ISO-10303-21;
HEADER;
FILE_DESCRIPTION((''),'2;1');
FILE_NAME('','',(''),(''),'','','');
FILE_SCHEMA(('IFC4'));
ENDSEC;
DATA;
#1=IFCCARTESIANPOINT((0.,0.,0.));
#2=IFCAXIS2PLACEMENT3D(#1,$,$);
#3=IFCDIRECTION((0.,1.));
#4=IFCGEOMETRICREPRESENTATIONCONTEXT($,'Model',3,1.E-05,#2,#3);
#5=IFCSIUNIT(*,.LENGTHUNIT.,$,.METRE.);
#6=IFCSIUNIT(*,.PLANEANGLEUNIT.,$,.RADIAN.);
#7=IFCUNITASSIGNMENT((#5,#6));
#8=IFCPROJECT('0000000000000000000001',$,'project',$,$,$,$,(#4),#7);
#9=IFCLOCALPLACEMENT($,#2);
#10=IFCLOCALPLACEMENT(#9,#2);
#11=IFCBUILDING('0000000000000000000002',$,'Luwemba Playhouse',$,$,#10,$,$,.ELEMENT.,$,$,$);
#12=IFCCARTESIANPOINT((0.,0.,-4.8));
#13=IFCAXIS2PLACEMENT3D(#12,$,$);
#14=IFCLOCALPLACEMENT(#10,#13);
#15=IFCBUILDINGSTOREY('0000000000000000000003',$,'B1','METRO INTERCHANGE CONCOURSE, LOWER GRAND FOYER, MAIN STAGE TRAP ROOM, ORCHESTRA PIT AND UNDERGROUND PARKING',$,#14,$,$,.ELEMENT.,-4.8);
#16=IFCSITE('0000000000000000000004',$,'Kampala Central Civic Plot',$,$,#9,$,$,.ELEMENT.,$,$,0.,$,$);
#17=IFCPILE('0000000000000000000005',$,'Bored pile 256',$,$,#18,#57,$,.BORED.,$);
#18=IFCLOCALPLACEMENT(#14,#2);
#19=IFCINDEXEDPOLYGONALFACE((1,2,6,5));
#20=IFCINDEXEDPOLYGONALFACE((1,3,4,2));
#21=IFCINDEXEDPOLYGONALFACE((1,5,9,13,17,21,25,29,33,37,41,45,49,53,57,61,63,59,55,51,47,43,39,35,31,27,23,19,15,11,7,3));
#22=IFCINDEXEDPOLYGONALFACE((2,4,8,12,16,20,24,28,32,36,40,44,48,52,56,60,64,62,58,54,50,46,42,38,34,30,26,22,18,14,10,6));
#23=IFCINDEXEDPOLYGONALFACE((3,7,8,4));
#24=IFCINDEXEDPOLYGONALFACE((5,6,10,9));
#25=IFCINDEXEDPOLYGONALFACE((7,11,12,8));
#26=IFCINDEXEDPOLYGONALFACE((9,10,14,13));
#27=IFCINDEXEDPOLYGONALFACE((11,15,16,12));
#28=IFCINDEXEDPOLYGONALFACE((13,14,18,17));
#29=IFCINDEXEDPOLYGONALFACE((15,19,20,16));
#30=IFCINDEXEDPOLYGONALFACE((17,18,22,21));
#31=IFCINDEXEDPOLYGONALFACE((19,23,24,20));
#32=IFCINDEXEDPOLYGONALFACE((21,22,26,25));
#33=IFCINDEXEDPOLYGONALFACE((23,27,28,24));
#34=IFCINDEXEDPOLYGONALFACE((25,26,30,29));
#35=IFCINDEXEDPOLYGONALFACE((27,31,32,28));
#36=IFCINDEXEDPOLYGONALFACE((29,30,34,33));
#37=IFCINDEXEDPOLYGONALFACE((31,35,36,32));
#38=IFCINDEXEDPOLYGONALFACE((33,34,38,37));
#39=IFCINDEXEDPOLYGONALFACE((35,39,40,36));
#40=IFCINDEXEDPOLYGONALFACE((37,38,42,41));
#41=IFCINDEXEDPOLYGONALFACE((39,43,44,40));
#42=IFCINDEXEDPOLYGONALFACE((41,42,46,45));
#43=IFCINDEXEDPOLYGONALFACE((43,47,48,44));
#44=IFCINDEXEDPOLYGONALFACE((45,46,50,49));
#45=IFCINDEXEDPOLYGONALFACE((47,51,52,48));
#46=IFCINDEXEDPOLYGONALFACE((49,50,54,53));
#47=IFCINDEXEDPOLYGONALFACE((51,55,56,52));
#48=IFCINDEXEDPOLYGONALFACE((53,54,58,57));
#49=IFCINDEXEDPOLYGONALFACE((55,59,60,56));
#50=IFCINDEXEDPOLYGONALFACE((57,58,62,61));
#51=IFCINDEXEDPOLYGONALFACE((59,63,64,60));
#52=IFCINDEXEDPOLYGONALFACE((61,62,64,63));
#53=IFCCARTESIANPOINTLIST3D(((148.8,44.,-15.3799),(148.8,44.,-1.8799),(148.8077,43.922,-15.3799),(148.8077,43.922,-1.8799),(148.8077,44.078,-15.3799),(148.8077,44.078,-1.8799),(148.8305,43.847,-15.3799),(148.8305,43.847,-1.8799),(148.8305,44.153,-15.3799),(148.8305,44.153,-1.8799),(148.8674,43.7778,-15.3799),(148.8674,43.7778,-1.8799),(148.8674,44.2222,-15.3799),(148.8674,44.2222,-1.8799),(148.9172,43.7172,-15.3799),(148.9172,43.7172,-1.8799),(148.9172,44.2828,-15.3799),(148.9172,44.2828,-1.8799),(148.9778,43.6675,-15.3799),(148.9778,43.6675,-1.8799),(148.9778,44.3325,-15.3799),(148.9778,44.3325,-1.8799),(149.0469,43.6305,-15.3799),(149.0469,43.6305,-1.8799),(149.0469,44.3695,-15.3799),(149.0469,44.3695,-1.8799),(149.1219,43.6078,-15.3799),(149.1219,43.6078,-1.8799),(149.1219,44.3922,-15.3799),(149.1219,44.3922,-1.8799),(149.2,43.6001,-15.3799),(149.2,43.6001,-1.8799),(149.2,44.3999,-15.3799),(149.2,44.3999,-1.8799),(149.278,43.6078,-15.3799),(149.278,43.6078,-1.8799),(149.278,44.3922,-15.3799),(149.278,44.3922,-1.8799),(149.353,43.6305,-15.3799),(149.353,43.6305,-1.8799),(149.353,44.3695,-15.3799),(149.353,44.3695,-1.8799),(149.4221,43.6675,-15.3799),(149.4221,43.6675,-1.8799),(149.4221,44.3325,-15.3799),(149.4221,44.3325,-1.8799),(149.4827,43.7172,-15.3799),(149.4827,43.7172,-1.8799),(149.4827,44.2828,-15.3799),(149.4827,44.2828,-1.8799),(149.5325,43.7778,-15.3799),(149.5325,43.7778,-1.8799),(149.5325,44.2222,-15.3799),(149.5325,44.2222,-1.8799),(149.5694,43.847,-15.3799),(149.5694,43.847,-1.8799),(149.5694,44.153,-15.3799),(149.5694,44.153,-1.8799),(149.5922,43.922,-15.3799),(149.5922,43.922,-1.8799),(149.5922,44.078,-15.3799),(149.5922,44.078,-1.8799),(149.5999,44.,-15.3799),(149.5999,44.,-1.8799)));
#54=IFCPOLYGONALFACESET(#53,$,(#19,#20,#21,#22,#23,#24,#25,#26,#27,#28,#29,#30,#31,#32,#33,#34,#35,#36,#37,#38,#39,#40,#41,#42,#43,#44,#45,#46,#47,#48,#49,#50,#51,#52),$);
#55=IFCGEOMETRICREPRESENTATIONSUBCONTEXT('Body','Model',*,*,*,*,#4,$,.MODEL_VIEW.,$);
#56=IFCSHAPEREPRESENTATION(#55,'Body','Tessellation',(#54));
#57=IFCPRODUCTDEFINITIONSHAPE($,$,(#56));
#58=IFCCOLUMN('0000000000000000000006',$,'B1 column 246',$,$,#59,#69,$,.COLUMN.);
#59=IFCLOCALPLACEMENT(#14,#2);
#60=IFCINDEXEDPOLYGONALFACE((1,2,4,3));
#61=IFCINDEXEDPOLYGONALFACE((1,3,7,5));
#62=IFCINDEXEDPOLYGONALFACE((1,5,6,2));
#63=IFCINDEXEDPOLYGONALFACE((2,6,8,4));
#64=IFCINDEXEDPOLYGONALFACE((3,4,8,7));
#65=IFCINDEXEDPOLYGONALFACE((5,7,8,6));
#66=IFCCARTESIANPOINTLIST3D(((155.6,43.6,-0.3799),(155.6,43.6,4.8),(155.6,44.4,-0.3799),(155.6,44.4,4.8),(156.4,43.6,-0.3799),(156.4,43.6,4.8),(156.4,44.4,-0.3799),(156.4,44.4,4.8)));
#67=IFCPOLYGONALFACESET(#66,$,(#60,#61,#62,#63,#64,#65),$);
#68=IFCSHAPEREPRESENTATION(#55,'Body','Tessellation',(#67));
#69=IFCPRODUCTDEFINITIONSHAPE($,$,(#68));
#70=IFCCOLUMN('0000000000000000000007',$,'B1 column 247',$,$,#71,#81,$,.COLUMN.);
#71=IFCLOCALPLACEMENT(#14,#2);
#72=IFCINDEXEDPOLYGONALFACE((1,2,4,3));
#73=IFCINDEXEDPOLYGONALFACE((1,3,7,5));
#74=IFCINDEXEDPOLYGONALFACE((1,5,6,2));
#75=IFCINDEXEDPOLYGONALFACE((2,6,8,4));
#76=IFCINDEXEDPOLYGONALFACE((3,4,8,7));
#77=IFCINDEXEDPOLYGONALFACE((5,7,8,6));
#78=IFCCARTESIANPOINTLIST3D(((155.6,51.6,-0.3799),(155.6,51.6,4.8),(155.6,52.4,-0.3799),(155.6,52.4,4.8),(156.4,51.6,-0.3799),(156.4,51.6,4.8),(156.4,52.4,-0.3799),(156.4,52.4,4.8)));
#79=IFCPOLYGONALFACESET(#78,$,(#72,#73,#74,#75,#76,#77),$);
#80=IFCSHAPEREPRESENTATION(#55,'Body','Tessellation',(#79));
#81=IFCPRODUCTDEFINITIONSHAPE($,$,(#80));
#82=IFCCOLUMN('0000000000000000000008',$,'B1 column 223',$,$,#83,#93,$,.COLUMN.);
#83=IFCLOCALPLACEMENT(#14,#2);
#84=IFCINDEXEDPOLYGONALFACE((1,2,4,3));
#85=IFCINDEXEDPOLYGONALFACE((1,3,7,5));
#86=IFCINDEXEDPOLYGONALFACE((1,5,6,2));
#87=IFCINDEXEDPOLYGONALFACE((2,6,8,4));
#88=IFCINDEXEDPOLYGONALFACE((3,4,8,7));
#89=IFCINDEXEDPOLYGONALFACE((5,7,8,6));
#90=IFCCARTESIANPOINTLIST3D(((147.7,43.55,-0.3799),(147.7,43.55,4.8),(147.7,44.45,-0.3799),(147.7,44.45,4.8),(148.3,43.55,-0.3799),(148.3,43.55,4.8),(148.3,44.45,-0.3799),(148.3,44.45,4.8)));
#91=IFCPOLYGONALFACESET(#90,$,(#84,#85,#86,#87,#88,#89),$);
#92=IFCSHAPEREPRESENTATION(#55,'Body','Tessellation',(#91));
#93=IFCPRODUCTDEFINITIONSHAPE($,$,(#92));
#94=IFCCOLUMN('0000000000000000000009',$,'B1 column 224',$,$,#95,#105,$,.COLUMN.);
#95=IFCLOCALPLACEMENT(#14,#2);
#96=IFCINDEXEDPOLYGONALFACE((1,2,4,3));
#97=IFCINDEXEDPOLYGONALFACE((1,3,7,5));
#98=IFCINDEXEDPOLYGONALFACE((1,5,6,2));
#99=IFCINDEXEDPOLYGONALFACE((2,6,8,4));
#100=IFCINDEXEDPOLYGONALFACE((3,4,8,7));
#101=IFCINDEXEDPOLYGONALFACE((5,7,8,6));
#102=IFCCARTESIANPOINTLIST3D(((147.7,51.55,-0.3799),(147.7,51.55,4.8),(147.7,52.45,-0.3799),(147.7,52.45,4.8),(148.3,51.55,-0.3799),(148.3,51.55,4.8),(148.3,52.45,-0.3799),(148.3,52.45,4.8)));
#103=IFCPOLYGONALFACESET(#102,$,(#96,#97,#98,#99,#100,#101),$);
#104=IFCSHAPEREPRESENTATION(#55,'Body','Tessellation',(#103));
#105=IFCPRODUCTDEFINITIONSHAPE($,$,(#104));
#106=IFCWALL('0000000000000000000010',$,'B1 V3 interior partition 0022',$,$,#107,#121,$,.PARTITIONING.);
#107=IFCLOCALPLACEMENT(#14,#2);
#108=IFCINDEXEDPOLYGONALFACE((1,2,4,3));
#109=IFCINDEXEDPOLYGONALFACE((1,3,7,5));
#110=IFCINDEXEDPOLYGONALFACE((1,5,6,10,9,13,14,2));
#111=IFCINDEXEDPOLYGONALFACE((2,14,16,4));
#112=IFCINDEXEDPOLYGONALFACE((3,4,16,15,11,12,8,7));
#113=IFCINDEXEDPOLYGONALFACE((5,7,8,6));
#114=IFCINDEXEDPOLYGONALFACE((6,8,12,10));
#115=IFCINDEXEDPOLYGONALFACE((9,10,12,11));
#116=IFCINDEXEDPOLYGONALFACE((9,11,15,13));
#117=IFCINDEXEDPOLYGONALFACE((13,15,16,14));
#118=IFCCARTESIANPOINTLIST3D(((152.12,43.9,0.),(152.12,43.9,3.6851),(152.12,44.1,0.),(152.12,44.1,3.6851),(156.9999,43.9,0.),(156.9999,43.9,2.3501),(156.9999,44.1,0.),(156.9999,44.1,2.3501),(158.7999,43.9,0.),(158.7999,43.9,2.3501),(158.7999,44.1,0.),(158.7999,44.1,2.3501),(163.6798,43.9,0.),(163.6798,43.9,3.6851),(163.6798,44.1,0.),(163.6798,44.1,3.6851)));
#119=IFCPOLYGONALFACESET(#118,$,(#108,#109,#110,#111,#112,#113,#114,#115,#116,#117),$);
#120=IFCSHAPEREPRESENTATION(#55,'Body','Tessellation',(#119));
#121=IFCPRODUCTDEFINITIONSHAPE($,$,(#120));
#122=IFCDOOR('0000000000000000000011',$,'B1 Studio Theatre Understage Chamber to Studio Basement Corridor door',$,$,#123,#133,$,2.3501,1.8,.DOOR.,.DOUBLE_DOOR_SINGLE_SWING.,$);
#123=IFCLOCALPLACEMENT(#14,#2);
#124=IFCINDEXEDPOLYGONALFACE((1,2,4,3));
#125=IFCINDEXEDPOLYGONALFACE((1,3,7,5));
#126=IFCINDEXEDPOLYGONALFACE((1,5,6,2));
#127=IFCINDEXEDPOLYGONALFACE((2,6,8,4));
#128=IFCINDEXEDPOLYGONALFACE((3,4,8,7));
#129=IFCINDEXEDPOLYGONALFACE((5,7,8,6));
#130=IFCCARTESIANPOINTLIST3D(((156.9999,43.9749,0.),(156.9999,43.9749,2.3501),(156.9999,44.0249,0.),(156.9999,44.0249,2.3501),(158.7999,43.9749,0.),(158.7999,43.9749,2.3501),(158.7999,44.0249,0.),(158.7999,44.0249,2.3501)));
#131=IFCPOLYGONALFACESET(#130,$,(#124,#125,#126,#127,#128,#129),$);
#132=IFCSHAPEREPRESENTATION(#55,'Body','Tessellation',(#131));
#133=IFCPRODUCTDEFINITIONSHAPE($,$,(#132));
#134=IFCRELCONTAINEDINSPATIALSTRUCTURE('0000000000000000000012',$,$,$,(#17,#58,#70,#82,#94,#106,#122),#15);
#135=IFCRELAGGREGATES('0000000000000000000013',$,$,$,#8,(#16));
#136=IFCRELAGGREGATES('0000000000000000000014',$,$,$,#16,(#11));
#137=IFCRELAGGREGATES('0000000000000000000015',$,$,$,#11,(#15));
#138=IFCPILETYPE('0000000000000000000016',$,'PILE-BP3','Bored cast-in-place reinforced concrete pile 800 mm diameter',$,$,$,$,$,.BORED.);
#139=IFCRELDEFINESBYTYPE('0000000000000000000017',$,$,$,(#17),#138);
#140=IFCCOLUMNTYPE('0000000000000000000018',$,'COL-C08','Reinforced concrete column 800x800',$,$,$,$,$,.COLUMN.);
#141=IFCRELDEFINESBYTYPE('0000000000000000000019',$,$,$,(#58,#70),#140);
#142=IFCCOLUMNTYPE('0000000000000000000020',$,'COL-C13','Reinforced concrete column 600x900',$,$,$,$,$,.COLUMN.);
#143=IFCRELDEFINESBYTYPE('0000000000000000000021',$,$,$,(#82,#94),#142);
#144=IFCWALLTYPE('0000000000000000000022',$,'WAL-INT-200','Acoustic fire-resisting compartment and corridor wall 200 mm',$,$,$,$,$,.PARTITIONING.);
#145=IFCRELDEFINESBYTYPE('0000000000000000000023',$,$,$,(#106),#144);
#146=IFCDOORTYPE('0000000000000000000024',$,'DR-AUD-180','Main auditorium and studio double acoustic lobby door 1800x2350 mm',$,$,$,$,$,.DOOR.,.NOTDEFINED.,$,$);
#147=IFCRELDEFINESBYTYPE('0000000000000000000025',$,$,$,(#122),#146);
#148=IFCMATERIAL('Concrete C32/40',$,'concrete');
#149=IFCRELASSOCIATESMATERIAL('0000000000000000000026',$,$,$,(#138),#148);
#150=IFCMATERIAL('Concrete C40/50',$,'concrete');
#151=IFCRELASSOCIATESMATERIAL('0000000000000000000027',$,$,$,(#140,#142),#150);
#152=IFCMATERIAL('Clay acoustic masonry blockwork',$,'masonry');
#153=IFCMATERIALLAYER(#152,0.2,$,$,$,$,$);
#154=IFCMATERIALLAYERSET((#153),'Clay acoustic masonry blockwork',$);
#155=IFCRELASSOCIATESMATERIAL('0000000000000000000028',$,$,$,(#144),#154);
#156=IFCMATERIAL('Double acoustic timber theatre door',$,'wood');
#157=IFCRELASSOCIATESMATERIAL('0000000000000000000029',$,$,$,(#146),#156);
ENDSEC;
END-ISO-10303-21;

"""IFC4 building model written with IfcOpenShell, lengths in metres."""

from ifc_helpers import new_model, si_unit, direction, frame, frame_2d, origin, origin_2d, place, context, subcontext, project, spatial, rectangle, circle, extrude, material, layer, layer_set, material_profile, profile_set, type_object, element, fill, save


model = new_model("IFC4")

# Units and contexts
model_context = context("Model", 3, precision=1e-05, world=origin(), true_north=direction((0.0, 1.0)))
body_context = subcontext(model_context, "Body", "Model", "MODEL_VIEW")
ifc_project = project(units=[si_unit("LENGTHUNIT", "METRE"), si_unit("PLANEANGLEUNIT", "RADIAN")], contexts=[model_context])

# Site, building, storey
site_placement = place(None, origin())
site = spatial("IfcSite", under=ifc_project, at=site_placement, Name="Kampala Central Civic Plot", CompositionType="ELEMENT", RefElevation=0.0)
building_placement = place(site_placement, origin())
building = spatial("IfcBuilding", under=site, at=building_placement, Name="Luwemba Playhouse", CompositionType="ELEMENT")
storey_placement = place(building_placement, frame((0.0, 0.0, -4.8)))
storey = spatial("IfcBuildingStorey", under=building, at=storey_placement, Name="B1", Description="METRO INTERCHANGE CONCOURSE, LOWER GRAND FOYER, MAIN STAGE TRAP ROOM, ORCHESTRA PIT AND UNDERGROUND PARKING", CompositionType="ELEMENT", Elevation=-4.8)

# Shared definitions
ifc_material_1 = material(Name="Concrete C32/40", Category="concrete")

# Pile
ifc_material_profile_1 = material_profile(ifc_material_1, circle(Radius=0.3999, at=origin_2d()))
ifc_profile_set_1 = profile_set([ifc_material_profile_1], Name="Concrete C32/40")
pile_type_1 = type_object("IfcPileType", Name="PILE-BP3", Description="Bored cast-in-place reinforced concrete pile 800 mm diameter", PredefinedType="BORED", material=ifc_profile_set_1)
for number, where, z_axis, x_axis, name in (
    (1, (149.2, 44.0, -1.8799), (0.0, 0.0, -1.0), (1.0, 0.0, 0.0), "Bored pile 256"),
):
    element("IfcPile", number, at=place(storey_placement, frame(where, z_axis=z_axis, x_axis=x_axis)), inside=storey, type_object=pile_type_1, Name=name, PredefinedType="BORED", context=body_context, shape_type="SweptSolid", body=[
        extrude(circle(Radius=0.3999, at=origin_2d()), origin(), (0.0, 0.0, 1.0), 13.5),
    ])

# Columns
ifc_material_2 = material(Name="Concrete C40/50", Category="concrete")
ifc_material_profile_2 = material_profile(ifc_material_2, rectangle(XDim=0.8, YDim=0.8, at=origin_2d()))
ifc_profile_set_2 = profile_set([ifc_material_profile_2], Name="Concrete C40/50")
column_type_1 = type_object("IfcColumnType", Name="COL-C08", Description="Reinforced concrete column 800x800", PredefinedType="COLUMN", material=ifc_profile_set_2)
for number, where, z_axis, x_axis, name in (
    (2, (156.0, 44.0, -0.3799), (0.0, 0.0, 1.0), (1.0, 0.0, 0.0), "B1 column 246"),
    (3, (156.0, 52.0, -0.3799), (0.0, 0.0, 1.0), (1.0, 0.0, 0.0), "B1 column 247"),
):
    element("IfcColumn", number, at=place(storey_placement, frame(where, z_axis=z_axis, x_axis=x_axis)), inside=storey, type_object=column_type_1, Name=name, PredefinedType="COLUMN", context=body_context, shape_type="SweptSolid", body=[
        extrude(rectangle(XDim=0.8, YDim=0.8, at=origin_2d()), origin(), (0.0, 0.0, 1.0), 5.1799),
    ])
ifc_material_profile_3 = material_profile(ifc_material_2, rectangle(XDim=0.6001, YDim=0.8999, at=origin_2d()))
ifc_profile_set_3 = profile_set([ifc_material_profile_3], Name="Concrete C40/50")
column_type_2 = type_object("IfcColumnType", Name="COL-C13", Description="Reinforced concrete column 600x900", PredefinedType="COLUMN", material=ifc_profile_set_3)
for number, where, z_axis, x_axis, name in (
    (4, (148.0, 44.0, -0.3799), (0.0, 0.0, 1.0), (1.0, 0.0, 0.0), "B1 column 223"),
    (5, (148.0, 52.0, -0.3799), (0.0, 0.0, 1.0), (1.0, 0.0, 0.0), "B1 column 224"),
):
    element("IfcColumn", number, at=place(storey_placement, frame(where, z_axis=z_axis, x_axis=x_axis)), inside=storey, type_object=column_type_2, Name=name, PredefinedType="COLUMN", context=body_context, shape_type="SweptSolid", body=[
        extrude(rectangle(XDim=0.6001, YDim=0.8999, at=origin_2d()), origin(), (0.0, 0.0, 1.0), 5.1799),
    ])

# Wall, opening, door
ifc_material_3 = material(Name="Clay acoustic masonry blockwork", Category="masonry")
ifc_layer = layer(ifc_material_3, 0.2)
ifc_layer_set = layer_set([ifc_layer], Name="Clay acoustic masonry blockwork")
wall_type = type_object("IfcWallType", Name="WAL-INT-200", Description="Acoustic fire-resisting compartment and corridor wall 200 mm", PredefinedType="PARTITIONING", material=ifc_layer_set)
wall_placement = place(storey_placement, frame((152.1201, 44.0, 0.0), z_axis=(0.0, 0.0, 1.0), x_axis=(1.0, 0.0, 0.0)))
wall = element("IfcWall", 6, at=wall_placement, inside=storey, type_object=wall_type, Name="B1 V3 interior partition 0022", PredefinedType="PARTITIONING", context=body_context, shape_type="SweptSolid", body=[
    extrude(rectangle(XDim=11.5598, YDim=0.2, at=frame_2d((5.7798, 0.0))), origin(), (0.0, 0.0, 1.0), 3.6851),
])
opening_placement = place(wall_placement, frame((4.8799, 0.0, 0.0)))
opening = element("IfcOpeningElement", 7, at=opening_placement, cuts=wall, PredefinedType="OPENING", context=body_context, shape_type="SweptSolid", body=[
    extrude(rectangle(XDim=1.8, YDim=2.3501, at=frame_2d((0.8999, 1.175))), frame((0.0, 0.1099, 0.0), z_axis=(0.0, -1.0, 0.0), x_axis=(1.0, 0.0, 0.0)), (0.0, 0.0, 1.0), 0.22),
])
ifc_material_4 = material(Name="Double acoustic timber theatre door", Category="wood")
door_type = type_object("IfcDoorType", Name="DR-AUD-180", Description="Main auditorium and studio double acoustic lobby door 1800x2350 mm", OperationType="NOTDEFINED", PredefinedType="DOOR", material=ifc_material_4)
door_placement = place(opening_placement, origin())
door = element("IfcDoor", 8, at=door_placement, inside=storey, type_object=door_type, Name="B1 Studio Theatre Understage Chamber to Studio Basement Corridor door", OperationType="DOUBLE_DOOR_SINGLE_SWING", OverallHeight=2.3501, OverallWidth=1.8, PredefinedType="DOOR", context=body_context, shape_type="SweptSolid", body=[
    extrude(rectangle(XDim=1.8, YDim=2.3501, at=frame_2d((0.8999, 1.175))), frame((0.0, 0.0249, 0.0), z_axis=(0.0, -1.0, 0.0), x_axis=(1.0, 0.0, 0.0)), (0.0, 0.0, 1.0), 0.05),
])
fill(opening, door)

save(model, "model.ifc")
